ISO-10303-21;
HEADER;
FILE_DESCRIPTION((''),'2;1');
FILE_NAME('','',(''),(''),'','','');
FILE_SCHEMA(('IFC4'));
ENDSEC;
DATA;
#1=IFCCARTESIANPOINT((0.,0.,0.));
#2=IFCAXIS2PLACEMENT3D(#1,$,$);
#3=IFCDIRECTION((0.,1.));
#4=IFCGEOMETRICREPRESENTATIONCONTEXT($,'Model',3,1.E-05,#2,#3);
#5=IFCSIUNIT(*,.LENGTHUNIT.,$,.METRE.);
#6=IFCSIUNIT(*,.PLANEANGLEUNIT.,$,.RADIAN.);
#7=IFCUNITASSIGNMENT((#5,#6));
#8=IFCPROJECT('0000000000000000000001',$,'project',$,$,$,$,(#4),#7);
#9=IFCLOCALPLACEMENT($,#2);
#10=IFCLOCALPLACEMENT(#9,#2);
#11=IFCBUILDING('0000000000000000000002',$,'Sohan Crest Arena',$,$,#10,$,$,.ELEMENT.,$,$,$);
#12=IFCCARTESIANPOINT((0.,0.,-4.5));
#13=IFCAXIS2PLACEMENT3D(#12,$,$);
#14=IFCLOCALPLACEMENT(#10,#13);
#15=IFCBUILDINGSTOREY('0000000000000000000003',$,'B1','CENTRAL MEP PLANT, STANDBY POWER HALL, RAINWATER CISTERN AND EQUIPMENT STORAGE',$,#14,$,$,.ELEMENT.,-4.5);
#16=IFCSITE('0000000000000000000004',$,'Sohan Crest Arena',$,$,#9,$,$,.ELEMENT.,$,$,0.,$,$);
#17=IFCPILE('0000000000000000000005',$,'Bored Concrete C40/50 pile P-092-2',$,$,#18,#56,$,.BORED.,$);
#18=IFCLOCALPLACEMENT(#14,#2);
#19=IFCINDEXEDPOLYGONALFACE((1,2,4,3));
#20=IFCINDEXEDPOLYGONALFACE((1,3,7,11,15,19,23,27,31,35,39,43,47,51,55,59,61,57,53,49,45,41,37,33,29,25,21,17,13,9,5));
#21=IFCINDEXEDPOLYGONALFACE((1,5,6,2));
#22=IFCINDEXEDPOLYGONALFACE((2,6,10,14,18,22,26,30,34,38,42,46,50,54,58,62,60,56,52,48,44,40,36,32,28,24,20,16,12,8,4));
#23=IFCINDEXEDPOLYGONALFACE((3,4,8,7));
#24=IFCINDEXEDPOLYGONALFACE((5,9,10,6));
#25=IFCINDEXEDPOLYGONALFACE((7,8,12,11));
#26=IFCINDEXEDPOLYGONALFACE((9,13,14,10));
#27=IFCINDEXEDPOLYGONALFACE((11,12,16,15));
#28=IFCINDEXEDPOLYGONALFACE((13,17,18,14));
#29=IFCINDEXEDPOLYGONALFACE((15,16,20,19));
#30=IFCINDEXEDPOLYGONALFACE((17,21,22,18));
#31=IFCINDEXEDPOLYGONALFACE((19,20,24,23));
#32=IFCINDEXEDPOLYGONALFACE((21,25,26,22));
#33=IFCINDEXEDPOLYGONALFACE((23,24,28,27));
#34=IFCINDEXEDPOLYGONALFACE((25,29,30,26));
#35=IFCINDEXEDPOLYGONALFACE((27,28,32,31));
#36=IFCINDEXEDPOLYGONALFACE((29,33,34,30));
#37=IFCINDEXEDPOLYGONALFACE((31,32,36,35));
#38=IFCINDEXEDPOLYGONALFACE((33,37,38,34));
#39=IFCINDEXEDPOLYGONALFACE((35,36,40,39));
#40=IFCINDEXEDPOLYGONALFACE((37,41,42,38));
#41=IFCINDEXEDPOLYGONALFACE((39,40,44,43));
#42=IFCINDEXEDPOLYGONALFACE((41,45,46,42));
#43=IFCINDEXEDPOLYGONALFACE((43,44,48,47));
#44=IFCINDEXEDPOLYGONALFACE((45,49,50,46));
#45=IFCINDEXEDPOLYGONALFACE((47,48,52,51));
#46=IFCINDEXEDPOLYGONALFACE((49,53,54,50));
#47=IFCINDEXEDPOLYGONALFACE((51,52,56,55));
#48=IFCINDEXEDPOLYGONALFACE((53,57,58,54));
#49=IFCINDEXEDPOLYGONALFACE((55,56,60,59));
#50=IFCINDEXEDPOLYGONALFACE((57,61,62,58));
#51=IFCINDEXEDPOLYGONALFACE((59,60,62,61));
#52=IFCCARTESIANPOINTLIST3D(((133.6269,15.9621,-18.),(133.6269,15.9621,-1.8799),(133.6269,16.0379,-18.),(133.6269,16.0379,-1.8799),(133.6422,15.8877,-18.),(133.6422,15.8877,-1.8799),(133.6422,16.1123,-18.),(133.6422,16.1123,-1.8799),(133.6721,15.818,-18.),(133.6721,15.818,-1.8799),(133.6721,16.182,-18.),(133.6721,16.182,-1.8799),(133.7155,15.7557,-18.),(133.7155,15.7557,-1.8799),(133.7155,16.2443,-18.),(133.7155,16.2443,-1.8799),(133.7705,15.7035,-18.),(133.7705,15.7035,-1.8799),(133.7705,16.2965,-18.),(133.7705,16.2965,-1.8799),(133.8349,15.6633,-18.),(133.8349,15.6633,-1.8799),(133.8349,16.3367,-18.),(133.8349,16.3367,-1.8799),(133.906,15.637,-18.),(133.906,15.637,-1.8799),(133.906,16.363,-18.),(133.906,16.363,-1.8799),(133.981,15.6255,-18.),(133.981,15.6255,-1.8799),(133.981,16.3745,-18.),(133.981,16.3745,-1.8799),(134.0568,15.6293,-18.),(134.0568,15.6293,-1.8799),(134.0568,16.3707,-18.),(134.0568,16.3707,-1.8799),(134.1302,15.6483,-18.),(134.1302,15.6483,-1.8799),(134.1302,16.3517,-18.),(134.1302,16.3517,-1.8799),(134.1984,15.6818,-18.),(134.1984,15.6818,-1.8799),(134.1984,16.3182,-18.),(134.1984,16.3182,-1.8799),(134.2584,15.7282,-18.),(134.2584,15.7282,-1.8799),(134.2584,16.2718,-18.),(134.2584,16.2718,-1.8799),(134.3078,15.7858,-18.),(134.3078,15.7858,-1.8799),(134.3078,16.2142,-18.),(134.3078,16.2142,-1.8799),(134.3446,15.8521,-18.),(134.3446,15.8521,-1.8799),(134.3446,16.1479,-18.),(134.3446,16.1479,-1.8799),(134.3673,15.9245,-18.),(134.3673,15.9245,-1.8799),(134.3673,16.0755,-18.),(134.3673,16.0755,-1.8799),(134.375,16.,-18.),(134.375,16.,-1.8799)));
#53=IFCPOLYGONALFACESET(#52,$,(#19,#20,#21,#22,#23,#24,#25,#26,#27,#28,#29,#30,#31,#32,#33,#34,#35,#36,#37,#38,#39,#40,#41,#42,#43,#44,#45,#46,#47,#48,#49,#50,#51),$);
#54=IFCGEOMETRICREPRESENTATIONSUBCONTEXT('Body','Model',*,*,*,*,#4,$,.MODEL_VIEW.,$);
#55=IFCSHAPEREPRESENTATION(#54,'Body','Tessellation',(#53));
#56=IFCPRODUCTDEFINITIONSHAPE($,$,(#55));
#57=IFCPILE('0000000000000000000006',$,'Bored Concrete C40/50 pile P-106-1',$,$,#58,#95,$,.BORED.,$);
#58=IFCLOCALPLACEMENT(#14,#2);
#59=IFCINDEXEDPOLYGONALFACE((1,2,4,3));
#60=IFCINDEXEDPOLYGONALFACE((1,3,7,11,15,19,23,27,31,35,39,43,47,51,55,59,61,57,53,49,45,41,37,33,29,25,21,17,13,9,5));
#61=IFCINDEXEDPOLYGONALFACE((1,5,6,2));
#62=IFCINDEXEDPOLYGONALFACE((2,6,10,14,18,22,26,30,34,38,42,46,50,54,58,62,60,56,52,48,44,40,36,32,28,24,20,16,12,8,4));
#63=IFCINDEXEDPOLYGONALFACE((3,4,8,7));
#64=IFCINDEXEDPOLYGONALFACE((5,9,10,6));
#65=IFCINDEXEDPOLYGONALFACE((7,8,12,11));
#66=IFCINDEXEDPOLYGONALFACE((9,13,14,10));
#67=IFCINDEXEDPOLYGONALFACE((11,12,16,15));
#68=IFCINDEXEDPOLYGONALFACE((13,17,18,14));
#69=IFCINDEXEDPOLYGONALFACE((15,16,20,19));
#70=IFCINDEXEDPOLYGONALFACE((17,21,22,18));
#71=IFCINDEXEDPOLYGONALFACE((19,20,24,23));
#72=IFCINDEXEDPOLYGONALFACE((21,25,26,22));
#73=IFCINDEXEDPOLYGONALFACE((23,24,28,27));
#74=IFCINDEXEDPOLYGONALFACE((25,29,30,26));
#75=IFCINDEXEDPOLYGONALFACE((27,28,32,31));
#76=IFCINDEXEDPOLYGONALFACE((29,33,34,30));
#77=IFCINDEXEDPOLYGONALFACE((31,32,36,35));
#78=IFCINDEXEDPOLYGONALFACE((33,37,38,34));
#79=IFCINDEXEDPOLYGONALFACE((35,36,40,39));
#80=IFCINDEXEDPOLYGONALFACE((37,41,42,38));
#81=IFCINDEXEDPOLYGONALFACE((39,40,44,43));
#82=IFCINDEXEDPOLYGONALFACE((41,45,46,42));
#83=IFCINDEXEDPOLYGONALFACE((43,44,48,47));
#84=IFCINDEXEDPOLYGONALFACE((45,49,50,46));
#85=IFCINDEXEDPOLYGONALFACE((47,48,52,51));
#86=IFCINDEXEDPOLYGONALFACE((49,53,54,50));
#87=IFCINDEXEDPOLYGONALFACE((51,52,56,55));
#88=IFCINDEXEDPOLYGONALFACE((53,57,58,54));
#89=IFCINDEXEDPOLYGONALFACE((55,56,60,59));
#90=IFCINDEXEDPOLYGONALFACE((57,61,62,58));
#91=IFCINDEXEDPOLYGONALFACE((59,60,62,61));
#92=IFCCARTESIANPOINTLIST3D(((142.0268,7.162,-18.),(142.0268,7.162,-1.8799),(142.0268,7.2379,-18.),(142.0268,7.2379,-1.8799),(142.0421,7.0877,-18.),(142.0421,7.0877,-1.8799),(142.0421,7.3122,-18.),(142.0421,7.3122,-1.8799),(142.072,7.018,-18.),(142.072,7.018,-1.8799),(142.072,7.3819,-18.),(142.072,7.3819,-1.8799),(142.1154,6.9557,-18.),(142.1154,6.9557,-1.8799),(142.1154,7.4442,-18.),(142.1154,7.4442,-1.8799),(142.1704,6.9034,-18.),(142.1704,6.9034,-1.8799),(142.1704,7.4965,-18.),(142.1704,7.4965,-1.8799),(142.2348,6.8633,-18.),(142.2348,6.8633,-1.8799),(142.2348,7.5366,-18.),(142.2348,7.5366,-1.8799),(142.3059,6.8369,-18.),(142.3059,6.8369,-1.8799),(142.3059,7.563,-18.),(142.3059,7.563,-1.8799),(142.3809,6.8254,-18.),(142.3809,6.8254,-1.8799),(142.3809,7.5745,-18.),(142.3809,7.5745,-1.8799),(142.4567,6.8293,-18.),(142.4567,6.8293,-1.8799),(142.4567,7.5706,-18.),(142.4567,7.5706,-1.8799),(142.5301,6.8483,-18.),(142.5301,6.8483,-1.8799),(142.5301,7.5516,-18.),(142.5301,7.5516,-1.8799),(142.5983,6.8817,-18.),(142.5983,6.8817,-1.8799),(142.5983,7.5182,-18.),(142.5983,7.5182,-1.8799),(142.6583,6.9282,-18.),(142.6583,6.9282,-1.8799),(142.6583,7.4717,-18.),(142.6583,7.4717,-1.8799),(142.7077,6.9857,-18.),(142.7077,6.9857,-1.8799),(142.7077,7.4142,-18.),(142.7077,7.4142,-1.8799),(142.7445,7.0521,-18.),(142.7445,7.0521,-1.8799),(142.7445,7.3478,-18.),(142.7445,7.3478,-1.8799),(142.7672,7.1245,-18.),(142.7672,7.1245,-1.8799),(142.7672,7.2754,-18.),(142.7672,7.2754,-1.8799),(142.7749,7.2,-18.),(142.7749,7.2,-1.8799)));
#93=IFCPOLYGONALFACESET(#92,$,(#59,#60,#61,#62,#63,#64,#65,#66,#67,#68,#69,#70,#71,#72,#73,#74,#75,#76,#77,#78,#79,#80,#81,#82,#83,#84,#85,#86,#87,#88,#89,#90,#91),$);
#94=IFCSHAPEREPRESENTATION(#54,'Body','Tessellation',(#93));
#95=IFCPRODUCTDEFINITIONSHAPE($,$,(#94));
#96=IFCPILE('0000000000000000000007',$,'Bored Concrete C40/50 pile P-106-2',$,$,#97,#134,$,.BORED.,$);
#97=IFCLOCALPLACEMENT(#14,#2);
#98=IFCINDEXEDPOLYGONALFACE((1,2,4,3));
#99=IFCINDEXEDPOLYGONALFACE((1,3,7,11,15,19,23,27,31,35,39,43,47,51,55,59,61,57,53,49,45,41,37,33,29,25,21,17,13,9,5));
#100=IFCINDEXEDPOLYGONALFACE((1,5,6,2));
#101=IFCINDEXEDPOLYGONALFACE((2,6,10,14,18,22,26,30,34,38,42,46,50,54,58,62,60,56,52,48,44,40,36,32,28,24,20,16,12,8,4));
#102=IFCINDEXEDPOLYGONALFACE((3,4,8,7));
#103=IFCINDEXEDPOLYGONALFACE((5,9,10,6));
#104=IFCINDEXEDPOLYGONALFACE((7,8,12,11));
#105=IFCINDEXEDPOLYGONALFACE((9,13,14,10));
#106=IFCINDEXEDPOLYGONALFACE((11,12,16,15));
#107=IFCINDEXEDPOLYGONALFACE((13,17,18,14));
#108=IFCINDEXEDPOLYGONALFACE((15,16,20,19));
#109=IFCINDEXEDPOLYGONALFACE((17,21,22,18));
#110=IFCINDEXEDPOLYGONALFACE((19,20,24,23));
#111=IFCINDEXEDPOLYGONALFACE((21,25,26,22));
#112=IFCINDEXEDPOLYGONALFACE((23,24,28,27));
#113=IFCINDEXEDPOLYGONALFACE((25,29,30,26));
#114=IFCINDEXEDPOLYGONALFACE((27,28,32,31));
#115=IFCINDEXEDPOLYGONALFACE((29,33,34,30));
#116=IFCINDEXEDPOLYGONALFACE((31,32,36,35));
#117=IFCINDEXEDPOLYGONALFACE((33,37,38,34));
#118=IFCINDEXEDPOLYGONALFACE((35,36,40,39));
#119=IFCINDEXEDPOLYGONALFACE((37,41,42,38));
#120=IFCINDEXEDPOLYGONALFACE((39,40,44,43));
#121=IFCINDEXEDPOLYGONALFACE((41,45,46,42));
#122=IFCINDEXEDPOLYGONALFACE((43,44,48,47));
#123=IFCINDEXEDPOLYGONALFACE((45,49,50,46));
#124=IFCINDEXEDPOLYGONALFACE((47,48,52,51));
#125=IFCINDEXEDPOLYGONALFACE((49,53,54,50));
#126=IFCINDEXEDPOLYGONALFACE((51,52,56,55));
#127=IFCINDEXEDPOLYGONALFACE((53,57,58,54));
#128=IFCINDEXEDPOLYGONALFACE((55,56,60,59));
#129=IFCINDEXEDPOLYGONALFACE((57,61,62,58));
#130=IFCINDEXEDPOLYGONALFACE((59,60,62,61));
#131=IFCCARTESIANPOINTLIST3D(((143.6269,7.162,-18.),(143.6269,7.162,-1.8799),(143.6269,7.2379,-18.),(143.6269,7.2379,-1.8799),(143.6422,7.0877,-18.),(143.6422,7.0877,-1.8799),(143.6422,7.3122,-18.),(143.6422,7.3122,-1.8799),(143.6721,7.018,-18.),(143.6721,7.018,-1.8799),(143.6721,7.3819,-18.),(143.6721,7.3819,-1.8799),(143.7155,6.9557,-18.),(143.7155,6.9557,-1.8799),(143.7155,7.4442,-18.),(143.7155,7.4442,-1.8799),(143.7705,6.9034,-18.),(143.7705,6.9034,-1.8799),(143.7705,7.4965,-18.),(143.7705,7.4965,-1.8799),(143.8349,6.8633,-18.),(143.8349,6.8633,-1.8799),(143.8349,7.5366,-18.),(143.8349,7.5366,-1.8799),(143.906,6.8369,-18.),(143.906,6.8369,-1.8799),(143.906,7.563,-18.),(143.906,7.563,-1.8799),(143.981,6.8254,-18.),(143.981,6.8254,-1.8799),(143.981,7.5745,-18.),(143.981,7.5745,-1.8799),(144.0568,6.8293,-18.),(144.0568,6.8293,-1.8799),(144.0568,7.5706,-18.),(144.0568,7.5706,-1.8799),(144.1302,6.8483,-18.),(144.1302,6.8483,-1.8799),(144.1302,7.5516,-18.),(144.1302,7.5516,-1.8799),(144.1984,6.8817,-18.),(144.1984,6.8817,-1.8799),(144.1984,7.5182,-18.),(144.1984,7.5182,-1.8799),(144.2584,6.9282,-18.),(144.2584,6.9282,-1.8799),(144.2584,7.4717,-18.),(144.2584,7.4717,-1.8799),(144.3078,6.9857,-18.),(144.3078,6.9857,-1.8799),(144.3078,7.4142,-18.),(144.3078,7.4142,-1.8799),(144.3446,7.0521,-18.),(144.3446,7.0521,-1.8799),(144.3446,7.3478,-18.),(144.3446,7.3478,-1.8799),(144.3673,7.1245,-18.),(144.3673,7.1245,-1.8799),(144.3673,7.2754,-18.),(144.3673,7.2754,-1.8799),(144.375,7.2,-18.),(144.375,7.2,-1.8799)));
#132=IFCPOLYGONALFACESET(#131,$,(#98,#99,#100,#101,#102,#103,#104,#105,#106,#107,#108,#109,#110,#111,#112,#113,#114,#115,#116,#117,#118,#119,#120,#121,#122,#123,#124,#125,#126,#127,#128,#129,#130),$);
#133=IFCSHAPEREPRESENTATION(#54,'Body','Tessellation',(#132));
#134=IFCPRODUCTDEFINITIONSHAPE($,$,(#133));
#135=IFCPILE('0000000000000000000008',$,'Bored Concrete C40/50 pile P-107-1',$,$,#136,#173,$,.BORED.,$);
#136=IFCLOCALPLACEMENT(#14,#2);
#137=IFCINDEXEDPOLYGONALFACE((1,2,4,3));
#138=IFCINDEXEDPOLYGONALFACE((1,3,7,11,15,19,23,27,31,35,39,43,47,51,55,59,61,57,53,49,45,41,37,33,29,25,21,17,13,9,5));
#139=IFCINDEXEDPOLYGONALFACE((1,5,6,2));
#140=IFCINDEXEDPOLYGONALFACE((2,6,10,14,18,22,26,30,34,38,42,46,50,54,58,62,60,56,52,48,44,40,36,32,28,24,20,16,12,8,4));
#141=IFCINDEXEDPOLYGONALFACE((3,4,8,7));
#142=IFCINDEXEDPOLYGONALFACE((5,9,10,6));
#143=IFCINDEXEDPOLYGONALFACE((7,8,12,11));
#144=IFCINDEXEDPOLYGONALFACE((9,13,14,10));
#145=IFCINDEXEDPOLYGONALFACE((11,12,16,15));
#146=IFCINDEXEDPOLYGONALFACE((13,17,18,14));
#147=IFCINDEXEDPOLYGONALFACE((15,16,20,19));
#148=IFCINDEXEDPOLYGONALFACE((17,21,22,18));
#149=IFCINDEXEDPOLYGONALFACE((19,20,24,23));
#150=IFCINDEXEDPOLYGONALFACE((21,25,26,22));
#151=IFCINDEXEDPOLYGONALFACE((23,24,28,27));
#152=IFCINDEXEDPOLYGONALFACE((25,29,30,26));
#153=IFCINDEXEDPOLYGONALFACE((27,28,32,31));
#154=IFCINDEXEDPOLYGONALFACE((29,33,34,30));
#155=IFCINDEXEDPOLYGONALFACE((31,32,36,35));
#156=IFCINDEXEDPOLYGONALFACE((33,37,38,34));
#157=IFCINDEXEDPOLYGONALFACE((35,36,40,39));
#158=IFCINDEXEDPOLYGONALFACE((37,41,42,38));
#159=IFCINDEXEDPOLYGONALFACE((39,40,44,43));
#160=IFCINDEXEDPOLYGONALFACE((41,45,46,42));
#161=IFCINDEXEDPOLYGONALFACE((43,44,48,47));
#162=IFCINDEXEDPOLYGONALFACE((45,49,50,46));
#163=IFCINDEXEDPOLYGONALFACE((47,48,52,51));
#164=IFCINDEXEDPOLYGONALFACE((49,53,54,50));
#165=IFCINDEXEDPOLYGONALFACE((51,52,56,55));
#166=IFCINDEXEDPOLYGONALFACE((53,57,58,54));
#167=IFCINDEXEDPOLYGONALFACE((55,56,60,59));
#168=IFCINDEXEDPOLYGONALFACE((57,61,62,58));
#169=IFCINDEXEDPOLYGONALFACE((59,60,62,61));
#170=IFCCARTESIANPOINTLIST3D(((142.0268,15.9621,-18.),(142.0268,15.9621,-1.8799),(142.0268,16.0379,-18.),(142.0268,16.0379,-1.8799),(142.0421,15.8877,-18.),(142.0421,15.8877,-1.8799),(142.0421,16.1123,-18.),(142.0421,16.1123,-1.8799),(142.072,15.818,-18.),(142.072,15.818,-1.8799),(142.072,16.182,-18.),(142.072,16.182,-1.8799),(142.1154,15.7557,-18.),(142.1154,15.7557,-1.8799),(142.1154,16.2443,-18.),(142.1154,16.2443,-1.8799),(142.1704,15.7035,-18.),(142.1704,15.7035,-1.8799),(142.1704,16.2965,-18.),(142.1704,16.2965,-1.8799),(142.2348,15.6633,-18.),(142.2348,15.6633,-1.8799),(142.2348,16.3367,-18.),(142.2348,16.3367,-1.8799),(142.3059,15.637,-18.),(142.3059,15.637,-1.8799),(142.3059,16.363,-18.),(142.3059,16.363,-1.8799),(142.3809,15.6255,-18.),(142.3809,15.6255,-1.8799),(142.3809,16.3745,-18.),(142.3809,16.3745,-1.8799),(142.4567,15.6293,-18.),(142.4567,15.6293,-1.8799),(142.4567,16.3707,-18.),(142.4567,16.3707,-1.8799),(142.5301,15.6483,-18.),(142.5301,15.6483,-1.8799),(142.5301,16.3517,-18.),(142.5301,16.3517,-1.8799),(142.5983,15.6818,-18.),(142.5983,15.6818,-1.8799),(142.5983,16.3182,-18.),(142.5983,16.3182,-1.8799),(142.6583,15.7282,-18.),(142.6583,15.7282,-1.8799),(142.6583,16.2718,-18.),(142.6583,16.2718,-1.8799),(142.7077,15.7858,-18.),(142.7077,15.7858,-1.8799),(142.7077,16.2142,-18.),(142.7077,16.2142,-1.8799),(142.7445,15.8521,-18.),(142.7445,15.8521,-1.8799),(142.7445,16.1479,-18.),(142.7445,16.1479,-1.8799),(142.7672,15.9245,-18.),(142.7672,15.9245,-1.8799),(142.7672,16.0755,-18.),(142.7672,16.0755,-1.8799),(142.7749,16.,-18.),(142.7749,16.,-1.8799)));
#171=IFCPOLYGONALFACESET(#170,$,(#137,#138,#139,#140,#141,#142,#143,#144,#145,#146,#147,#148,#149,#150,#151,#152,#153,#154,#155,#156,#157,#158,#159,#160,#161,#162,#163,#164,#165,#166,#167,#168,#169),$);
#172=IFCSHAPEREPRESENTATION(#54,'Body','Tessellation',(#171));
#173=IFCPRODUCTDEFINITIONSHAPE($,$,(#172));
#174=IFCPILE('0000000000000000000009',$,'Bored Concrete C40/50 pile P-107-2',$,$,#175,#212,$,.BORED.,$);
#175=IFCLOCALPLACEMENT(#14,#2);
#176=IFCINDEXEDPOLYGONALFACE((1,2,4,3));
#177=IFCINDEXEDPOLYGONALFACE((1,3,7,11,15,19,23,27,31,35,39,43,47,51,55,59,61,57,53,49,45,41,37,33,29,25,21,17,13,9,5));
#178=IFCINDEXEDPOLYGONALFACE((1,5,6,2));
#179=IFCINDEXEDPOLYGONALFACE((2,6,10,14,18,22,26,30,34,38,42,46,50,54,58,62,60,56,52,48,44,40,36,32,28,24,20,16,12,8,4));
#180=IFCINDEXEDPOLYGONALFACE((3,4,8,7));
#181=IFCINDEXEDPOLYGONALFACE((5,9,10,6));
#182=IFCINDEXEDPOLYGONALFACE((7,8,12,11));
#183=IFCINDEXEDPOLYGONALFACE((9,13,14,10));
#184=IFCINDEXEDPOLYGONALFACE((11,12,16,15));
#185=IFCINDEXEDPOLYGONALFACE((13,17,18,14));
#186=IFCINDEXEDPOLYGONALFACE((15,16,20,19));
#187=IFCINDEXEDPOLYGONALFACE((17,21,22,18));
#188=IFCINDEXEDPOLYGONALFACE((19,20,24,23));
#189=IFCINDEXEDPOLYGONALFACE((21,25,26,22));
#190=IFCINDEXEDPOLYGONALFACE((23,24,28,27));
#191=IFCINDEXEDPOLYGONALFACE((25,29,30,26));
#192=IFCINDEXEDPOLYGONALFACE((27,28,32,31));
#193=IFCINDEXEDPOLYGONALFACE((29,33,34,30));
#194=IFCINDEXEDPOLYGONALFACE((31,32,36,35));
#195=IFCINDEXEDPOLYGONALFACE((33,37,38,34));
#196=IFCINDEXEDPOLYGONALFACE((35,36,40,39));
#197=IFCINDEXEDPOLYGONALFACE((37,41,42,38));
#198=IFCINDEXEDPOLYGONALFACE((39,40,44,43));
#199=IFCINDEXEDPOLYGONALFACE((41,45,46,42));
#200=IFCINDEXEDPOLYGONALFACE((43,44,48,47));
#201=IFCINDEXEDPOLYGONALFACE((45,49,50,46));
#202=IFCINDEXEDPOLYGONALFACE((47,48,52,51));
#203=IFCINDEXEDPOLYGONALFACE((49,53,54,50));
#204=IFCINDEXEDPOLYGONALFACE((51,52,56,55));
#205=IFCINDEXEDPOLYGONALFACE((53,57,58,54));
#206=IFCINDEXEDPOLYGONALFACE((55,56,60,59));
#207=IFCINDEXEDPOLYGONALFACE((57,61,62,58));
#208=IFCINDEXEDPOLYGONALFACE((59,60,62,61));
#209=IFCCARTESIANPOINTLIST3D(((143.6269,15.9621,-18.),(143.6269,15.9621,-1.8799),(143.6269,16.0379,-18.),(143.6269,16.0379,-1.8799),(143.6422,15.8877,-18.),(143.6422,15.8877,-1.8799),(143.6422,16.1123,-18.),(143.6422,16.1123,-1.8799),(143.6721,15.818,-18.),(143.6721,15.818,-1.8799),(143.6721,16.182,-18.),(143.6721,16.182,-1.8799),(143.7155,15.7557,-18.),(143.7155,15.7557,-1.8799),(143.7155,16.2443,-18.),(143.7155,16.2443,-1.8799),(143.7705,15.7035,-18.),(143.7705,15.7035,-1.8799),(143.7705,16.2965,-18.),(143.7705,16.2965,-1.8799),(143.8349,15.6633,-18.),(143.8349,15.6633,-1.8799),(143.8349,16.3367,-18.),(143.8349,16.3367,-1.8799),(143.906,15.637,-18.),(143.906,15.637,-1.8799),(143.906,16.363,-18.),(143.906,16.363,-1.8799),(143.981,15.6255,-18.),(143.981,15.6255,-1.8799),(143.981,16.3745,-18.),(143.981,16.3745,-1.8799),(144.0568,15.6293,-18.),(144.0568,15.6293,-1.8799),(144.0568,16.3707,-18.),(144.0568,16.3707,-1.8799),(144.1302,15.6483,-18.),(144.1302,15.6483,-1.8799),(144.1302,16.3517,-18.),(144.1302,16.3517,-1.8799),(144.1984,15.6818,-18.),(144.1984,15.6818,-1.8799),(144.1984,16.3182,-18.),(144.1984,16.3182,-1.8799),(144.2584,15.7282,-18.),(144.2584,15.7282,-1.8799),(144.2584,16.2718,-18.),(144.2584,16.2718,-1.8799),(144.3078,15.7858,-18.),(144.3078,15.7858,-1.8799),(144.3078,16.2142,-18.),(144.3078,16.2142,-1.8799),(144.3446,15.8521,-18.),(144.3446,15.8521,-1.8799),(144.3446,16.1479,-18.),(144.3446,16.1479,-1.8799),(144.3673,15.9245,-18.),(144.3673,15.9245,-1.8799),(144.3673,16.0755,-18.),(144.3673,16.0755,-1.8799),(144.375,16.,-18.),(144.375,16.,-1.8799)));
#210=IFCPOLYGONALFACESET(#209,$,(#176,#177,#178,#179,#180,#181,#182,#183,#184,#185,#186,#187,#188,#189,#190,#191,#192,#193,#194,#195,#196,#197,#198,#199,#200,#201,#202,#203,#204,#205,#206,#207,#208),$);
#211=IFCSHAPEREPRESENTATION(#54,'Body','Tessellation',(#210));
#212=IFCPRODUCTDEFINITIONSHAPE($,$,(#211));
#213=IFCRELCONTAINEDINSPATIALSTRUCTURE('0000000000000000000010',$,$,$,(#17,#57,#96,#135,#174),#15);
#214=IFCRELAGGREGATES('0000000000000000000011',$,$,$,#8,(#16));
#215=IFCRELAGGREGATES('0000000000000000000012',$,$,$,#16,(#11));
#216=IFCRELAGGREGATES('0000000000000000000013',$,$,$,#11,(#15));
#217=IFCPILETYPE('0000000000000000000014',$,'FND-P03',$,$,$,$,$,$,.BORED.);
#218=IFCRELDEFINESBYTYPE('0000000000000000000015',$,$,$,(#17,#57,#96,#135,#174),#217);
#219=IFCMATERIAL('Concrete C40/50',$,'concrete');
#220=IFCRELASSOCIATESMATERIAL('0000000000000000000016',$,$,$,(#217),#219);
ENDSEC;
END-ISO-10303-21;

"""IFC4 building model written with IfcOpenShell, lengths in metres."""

from ifc_helpers import new_model, si_unit, direction, frame, origin, origin_2d, place, context, subcontext, project, spatial, circle, extrude, material, material_profile, profile_set, type_object, element, save


model = new_model("IFC4")

# Units and contexts
model_context = context("Model", 3, precision=1e-05, world=origin(), true_north=direction((0.0, 1.0)))
body_context = subcontext(model_context, "Body", "Model", "MODEL_VIEW")
ifc_project = project(units=[si_unit("LENGTHUNIT", "METRE"), si_unit("PLANEANGLEUNIT", "RADIAN")], contexts=[model_context])

# Site, building, storey
site_placement = place(None, origin())
site = spatial("IfcSite", under=ifc_project, at=site_placement, Name="Sohan Crest Arena", CompositionType="ELEMENT", RefElevation=0.0)
building_placement = place(site_placement, origin())
building = spatial("IfcBuilding", under=site, at=building_placement, Name="Sohan Crest Arena", CompositionType="ELEMENT")
storey_placement = place(building_placement, frame((0.0, 0.0, -4.5)))
storey = spatial("IfcBuildingStorey", under=building, at=storey_placement, Name="B1", Description="CENTRAL MEP PLANT, STANDBY POWER HALL, RAINWATER CISTERN AND EQUIPMENT STORAGE", CompositionType="ELEMENT", Elevation=-4.5)

# Shared definitions
ifc_material_1 = material(Name="Concrete C40/50", Category="concrete")

# Piles
ifc_material_profile_1 = material_profile(ifc_material_1, circle(Radius=0.375, at=origin_2d()), Name="PILE D750")
ifc_profile_set_1 = profile_set([ifc_material_profile_1], Name="Concrete C40/50")
pile_type = type_object("IfcPileType", Name="FND-P03", PredefinedType="BORED", material=ifc_profile_set_1)
for number, where, z_axis, x_axis, name in (
    (1, (134.0, 16.0, -18.0), (0.0, 0.0, 1.0), (1.0, 0.0, 0.0), "Bored Concrete C40/50 pile P-092-2"),
    (2, (142.3999, 7.2, -18.0), (0.0, 0.0, 1.0), (1.0, 0.0, 0.0), "Bored Concrete C40/50 pile P-106-1"),
    (3, (144.0, 7.2, -18.0), (0.0, 0.0, 1.0), (1.0, 0.0, 0.0), "Bored Concrete C40/50 pile P-106-2"),
    (4, (142.3999, 16.0, -18.0), (0.0, 0.0, 1.0), (1.0, 0.0, 0.0), "Bored Concrete C40/50 pile P-107-1"),
    (5, (144.0, 16.0, -18.0), (0.0, 0.0, 1.0), (1.0, 0.0, 0.0), "Bored Concrete C40/50 pile P-107-2"),
):
    element("IfcPile", number, at=place(storey_placement, frame(where, z_axis=z_axis, x_axis=x_axis)), inside=storey, type_object=pile_type, Name=name, PredefinedType="BORED", context=body_context, shape_type="SweptSolid", body=[
        extrude(circle(Radius=0.375, at=origin_2d()), origin(), (0.0, 0.0, 1.0), 16.1201),
    ])

save(model, "model.ifc")
